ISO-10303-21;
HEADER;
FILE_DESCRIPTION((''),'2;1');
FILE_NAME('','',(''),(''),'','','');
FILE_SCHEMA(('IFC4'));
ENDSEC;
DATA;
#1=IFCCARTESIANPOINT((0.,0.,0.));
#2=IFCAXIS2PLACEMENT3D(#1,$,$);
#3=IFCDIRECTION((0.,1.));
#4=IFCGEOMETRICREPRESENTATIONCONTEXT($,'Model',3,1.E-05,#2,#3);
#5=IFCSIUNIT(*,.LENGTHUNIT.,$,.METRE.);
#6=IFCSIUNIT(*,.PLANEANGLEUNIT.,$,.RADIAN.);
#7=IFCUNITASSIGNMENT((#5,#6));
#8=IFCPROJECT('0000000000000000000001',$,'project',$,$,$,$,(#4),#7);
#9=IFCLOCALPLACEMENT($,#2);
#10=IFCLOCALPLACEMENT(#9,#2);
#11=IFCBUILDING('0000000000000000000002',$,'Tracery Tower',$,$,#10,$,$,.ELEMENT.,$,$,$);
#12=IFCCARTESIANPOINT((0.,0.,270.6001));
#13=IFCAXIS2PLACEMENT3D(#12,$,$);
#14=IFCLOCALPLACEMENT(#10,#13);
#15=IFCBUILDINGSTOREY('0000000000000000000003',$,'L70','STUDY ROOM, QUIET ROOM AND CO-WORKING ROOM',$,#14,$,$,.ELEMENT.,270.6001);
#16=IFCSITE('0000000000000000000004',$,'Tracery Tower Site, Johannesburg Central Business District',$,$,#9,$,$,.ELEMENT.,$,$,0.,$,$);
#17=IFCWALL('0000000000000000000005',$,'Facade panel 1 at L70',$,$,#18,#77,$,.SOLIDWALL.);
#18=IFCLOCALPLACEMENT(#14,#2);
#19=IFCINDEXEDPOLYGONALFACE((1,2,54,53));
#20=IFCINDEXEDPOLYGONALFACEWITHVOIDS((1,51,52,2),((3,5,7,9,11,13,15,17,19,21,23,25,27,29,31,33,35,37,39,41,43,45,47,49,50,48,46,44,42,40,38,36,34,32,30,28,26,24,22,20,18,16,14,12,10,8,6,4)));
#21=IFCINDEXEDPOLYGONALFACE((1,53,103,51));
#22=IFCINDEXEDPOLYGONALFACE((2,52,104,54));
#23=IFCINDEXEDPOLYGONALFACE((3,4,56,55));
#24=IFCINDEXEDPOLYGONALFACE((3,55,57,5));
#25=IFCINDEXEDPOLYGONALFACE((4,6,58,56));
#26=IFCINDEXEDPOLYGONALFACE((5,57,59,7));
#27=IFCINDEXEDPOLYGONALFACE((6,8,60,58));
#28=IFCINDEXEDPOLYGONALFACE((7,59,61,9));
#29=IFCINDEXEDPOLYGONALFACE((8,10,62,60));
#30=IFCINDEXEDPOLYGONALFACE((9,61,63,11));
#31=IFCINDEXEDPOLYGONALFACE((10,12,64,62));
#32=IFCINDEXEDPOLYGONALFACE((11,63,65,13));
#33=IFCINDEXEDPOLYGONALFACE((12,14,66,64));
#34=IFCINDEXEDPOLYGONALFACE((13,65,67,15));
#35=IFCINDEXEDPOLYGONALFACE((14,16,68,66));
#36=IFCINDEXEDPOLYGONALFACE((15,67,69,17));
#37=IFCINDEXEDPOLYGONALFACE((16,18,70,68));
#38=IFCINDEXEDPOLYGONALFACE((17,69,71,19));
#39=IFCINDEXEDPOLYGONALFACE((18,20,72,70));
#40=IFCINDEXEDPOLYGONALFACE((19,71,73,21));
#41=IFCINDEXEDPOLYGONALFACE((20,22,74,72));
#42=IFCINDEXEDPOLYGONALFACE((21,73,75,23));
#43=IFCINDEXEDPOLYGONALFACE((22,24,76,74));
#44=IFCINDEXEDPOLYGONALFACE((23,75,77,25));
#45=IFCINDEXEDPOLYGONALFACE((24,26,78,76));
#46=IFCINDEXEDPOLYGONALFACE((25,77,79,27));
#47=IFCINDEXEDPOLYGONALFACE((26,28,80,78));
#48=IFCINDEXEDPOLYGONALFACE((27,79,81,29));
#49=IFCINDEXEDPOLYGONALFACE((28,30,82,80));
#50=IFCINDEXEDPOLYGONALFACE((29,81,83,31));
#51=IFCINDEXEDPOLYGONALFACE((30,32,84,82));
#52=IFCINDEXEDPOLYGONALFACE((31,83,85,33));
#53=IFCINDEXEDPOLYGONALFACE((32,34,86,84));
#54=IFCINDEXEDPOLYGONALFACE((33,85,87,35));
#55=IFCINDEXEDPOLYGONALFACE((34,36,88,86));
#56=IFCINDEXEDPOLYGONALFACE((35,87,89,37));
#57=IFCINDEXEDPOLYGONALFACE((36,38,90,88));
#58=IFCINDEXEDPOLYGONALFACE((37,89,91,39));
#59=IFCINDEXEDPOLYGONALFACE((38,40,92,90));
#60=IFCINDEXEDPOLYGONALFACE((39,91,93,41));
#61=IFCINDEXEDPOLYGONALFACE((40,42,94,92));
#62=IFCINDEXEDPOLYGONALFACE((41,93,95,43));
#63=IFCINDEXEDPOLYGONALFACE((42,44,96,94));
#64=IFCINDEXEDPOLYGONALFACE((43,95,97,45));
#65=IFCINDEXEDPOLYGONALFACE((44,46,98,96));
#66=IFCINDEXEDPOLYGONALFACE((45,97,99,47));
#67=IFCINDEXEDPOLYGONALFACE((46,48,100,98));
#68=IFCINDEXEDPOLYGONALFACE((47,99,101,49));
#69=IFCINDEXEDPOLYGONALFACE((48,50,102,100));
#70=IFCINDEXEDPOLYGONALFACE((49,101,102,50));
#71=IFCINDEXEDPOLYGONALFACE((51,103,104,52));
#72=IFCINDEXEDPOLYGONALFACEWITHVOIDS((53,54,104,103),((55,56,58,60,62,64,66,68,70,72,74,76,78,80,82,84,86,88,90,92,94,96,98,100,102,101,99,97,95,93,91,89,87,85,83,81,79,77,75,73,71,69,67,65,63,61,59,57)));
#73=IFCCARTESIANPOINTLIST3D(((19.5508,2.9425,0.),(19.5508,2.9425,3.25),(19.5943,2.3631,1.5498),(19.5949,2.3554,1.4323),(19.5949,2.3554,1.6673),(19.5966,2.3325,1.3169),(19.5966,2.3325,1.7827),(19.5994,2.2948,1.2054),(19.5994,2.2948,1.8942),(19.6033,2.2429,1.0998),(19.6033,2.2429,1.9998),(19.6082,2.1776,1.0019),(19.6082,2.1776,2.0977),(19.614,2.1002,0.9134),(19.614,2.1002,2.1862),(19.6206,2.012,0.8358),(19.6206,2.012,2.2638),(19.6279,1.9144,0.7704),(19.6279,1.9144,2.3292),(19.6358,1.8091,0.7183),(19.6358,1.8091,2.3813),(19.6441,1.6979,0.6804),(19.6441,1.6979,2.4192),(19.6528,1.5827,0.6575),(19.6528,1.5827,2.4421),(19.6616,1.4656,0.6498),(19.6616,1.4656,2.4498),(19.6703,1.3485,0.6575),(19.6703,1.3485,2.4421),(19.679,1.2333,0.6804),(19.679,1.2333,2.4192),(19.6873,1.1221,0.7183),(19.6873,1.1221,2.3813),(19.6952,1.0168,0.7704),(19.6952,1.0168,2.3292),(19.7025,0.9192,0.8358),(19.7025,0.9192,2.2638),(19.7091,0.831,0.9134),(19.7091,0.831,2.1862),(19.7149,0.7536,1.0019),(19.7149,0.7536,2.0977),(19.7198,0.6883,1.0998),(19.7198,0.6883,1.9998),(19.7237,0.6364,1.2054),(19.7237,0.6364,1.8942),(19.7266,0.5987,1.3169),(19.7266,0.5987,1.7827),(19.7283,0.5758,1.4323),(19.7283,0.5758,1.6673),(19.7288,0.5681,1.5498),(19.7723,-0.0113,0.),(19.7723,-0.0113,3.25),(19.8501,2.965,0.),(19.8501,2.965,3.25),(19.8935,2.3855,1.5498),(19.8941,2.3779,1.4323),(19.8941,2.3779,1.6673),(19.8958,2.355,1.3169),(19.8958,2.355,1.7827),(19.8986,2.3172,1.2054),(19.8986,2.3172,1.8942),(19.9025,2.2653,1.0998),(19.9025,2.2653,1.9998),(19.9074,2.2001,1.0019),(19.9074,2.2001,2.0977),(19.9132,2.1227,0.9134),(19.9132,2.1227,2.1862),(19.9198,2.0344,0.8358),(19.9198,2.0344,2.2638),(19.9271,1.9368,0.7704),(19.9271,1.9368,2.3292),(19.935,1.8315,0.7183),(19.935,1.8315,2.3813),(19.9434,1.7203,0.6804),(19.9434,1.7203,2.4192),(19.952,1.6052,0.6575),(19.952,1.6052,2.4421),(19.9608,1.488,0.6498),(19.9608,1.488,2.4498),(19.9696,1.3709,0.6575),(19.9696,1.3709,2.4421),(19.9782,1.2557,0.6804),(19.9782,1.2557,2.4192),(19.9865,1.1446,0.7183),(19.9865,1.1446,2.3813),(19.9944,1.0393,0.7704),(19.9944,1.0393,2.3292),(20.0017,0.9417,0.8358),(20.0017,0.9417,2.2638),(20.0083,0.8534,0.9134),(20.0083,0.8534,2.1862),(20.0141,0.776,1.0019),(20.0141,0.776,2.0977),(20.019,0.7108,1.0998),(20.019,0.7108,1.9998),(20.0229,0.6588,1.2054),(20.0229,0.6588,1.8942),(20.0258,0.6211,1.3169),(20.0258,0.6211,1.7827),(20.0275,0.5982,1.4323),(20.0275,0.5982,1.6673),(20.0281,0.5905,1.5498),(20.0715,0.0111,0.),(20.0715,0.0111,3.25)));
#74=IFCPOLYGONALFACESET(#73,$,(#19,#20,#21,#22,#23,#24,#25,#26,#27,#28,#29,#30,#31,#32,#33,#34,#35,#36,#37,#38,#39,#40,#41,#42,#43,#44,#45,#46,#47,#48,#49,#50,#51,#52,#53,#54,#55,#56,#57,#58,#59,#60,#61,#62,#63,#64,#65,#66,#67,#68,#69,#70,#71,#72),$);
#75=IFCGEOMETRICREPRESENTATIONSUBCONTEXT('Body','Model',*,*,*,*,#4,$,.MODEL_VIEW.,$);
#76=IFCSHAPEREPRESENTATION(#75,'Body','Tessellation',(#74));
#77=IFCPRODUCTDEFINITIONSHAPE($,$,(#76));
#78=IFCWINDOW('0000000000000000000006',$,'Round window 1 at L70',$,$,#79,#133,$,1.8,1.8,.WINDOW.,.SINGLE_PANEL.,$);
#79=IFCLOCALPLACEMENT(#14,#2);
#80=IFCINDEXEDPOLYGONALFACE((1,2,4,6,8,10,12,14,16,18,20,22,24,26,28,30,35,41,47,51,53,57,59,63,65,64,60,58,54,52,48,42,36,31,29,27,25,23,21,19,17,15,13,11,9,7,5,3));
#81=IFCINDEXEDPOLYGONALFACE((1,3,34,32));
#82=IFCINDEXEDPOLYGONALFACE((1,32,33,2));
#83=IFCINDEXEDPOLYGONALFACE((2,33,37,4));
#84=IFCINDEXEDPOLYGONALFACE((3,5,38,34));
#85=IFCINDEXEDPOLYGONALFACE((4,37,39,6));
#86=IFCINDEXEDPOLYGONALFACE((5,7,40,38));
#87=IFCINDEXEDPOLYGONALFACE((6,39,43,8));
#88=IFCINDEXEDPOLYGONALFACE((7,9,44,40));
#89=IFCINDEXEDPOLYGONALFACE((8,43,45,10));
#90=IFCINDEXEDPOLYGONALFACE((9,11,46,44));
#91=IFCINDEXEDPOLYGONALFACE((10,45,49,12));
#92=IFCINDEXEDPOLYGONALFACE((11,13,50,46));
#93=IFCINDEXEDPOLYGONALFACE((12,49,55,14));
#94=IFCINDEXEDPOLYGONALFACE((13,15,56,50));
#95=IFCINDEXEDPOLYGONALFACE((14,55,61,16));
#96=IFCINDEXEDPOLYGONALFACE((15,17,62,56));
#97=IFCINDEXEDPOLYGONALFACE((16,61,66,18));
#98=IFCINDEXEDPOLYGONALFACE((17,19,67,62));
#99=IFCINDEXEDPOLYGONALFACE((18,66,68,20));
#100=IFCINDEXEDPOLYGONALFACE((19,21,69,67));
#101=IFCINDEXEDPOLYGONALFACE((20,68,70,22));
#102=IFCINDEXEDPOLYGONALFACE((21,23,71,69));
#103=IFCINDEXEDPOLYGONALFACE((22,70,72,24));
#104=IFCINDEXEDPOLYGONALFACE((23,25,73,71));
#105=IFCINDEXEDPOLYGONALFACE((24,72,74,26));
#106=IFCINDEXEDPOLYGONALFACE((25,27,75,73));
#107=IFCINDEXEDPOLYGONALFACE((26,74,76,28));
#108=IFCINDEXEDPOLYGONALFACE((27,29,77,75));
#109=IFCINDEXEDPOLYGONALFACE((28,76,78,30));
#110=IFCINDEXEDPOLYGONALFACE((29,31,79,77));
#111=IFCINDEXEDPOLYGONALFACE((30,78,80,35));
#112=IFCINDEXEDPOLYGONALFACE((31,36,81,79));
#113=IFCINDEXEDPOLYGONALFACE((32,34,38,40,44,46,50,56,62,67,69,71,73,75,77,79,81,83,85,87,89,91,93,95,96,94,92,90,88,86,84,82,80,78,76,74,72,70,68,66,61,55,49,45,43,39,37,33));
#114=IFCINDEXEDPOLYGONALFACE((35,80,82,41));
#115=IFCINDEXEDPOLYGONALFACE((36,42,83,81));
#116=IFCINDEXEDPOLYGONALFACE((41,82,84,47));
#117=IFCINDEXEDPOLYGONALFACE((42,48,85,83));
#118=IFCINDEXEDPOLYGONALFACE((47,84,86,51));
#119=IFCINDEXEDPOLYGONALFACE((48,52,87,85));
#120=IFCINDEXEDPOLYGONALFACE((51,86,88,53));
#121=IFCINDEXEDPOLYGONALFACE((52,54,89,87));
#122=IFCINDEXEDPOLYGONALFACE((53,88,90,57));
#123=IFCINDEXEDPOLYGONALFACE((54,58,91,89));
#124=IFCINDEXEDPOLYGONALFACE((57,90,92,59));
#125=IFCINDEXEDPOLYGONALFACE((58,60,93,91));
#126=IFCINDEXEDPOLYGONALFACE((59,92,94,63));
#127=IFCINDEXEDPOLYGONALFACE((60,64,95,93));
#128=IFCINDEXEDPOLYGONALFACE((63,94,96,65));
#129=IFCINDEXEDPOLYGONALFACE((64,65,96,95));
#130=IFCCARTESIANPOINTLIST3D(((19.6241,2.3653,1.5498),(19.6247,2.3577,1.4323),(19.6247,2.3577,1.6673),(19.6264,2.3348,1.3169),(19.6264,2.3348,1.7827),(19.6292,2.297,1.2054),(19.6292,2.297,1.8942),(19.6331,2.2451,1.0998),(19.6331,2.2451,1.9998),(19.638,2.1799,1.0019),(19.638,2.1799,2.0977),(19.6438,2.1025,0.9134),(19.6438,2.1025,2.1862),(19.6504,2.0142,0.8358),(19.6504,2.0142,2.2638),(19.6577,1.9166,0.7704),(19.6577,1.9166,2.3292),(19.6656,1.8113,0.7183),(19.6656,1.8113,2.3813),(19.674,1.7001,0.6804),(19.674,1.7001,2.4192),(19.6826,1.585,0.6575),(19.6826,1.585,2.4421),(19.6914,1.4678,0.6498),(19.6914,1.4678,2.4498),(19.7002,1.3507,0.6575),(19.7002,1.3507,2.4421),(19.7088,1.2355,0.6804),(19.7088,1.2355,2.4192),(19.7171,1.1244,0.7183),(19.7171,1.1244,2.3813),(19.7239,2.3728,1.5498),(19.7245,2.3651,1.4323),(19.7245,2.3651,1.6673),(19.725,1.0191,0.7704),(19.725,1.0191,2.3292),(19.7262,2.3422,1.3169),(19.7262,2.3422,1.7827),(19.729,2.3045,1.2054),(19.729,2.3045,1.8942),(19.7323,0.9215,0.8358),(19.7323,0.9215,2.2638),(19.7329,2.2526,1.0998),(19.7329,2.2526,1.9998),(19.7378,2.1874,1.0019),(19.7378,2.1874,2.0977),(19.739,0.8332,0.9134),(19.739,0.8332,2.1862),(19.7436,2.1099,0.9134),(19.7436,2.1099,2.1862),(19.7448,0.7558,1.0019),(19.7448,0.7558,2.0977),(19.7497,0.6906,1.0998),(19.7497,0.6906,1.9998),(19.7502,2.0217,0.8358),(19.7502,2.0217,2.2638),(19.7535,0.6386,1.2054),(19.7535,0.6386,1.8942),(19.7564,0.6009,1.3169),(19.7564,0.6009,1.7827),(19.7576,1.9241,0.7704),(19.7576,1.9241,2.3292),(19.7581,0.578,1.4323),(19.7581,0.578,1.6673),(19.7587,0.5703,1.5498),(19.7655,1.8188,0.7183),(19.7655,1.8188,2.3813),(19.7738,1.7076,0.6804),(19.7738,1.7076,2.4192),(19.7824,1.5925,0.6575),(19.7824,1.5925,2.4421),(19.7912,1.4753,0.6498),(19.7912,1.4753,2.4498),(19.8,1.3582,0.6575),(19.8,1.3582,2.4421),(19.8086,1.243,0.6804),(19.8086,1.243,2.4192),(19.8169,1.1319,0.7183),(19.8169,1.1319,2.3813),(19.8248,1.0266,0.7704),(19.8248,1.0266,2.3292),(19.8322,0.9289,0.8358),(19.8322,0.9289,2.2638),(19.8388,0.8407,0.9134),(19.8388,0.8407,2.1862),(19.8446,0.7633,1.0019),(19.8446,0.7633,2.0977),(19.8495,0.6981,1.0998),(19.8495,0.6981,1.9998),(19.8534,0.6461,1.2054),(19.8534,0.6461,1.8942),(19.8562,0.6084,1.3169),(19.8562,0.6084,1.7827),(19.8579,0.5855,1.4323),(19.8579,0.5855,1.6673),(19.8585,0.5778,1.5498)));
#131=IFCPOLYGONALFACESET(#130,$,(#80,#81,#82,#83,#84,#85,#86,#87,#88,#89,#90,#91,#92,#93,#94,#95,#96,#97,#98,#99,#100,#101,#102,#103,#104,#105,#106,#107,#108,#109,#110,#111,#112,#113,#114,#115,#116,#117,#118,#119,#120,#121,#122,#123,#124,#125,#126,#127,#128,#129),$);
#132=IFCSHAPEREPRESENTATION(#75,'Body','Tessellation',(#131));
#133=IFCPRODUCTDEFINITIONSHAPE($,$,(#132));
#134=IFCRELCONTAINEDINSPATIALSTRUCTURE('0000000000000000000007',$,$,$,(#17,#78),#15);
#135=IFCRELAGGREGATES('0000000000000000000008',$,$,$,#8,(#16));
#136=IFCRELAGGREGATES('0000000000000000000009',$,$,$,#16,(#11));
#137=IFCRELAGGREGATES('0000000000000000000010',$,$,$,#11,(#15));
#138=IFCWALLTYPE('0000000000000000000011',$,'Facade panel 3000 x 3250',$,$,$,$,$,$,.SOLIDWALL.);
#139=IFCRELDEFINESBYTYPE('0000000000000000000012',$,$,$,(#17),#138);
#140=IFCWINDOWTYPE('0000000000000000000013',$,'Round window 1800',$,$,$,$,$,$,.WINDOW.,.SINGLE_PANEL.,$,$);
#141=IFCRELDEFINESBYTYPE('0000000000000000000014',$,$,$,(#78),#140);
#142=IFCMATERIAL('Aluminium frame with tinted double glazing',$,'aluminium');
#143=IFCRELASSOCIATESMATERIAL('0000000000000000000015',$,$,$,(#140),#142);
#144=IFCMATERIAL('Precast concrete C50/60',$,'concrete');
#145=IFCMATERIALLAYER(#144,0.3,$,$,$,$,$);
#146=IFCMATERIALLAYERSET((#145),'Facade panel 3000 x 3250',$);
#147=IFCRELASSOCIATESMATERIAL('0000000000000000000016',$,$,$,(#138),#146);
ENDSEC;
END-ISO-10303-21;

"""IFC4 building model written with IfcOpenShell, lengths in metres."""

from ifc_helpers import new_model, si_unit, direction, frame, frame_2d, origin, origin_2d, place, context, subcontext, project, spatial, rectangle, circle, extrude, material, layer, layer_set, type_object, element, fill, save


model = new_model("IFC4")

# Units and contexts
model_context = context("Model", 3, precision=1e-05, world=origin(), true_north=direction((0.0, 1.0)))
body_context = subcontext(model_context, "Body", "Model", "MODEL_VIEW")
ifc_project = project(units=[si_unit("LENGTHUNIT", "METRE"), si_unit("PLANEANGLEUNIT", "RADIAN")], contexts=[model_context])

# Site, building, storey
site_placement = place(None, origin())
site = spatial("IfcSite", under=ifc_project, at=site_placement, Name="Tracery Tower Site, Johannesburg Central Business District", CompositionType="ELEMENT", RefElevation=0.0)
building_placement = place(site_placement, origin())
building = spatial("IfcBuilding", under=site, at=building_placement, Name="Tracery Tower", CompositionType="ELEMENT")
storey_placement = place(building_placement, frame((0.0, 0.0, 270.6001)))
storey = spatial("IfcBuildingStorey", under=building, at=storey_placement, Name="L70", Description="STUDY ROOM, QUIET ROOM AND CO-WORKING ROOM", CompositionType="ELEMENT", Elevation=270.6001)

# Wall, opening, window
ifc_material_1 = material(Name="Aluminium frame with tinted double glazing", Category="aluminium")
window_type = type_object("IfcWindowType", Name="Round window 1800", PartitioningType="SINGLE_PANEL", PredefinedType="WINDOW", material=ifc_material_1)
ifc_material_2 = material(Name="Precast concrete C50/60", Category="concrete")
ifc_layer_1 = layer(ifc_material_2, 0.3)
ifc_layer_set_1 = layer_set([ifc_layer_1], Name="Facade panel 3000 x 3250")
wall_type_1 = type_object("IfcWallType", Name="Facade panel 3000 x 3250", PredefinedType="SOLIDWALL", material=ifc_layer_set_1)
wall_1_placement = place(storey_placement, frame((19.9219, 0.0, 0.0), z_axis=(0.0, 0.0, 1.0), x_axis=(-0.074755, 0.997202, 0.0)))
wall_1 = element("IfcWall", 1, at=wall_1_placement, inside=storey, type_object=wall_type_1, Name="Facade panel 1 at L70", PredefinedType="SOLIDWALL", context=body_context, shape_type="SweptSolid", body=[
    extrude(rectangle(XDim=2.9622, YDim=0.3, at=frame_2d((1.481, 0.0))), origin(), (0.0, 0.0, 1.0), 3.25),
])
opening_1_placement = place(wall_1_placement, frame((1.481, 0.0, 1.5498)))
opening_1 = element("IfcOpeningElement", 2, at=opening_1_placement, cuts=wall_1, PredefinedType="OPENING", context=body_context, shape_type="SweptSolid", body=[
    extrude(circle(Radius=0.9, at=origin_2d()), frame((0.0, 0.1599, 0.0), z_axis=(0.0, -1.0, 0.0), x_axis=(1.0, 0.0, 0.0)), (0.0, 0.0, 1.0), 0.3201),
])
window_1_placement = place(opening_1_placement, origin())
window_1 = element("IfcWindow", 3, at=window_1_placement, inside=storey, type_object=window_type, Name="Round window 1 at L70", OverallHeight=1.8, OverallWidth=1.8, PartitioningType="SINGLE_PANEL", PredefinedType="WINDOW", context=body_context, shape_type="SweptSolid", body=[
    extrude(circle(Radius=0.9, at=origin_2d()), frame((0.0, 0.1201, 0.0), z_axis=(0.0, -1.0, 0.0), x_axis=(1.0, 0.0, 0.0)), (0.0, 0.0, 1.0), 0.1001),
])
fill(opening_1, window_1)

save(model, "model.ifc")
